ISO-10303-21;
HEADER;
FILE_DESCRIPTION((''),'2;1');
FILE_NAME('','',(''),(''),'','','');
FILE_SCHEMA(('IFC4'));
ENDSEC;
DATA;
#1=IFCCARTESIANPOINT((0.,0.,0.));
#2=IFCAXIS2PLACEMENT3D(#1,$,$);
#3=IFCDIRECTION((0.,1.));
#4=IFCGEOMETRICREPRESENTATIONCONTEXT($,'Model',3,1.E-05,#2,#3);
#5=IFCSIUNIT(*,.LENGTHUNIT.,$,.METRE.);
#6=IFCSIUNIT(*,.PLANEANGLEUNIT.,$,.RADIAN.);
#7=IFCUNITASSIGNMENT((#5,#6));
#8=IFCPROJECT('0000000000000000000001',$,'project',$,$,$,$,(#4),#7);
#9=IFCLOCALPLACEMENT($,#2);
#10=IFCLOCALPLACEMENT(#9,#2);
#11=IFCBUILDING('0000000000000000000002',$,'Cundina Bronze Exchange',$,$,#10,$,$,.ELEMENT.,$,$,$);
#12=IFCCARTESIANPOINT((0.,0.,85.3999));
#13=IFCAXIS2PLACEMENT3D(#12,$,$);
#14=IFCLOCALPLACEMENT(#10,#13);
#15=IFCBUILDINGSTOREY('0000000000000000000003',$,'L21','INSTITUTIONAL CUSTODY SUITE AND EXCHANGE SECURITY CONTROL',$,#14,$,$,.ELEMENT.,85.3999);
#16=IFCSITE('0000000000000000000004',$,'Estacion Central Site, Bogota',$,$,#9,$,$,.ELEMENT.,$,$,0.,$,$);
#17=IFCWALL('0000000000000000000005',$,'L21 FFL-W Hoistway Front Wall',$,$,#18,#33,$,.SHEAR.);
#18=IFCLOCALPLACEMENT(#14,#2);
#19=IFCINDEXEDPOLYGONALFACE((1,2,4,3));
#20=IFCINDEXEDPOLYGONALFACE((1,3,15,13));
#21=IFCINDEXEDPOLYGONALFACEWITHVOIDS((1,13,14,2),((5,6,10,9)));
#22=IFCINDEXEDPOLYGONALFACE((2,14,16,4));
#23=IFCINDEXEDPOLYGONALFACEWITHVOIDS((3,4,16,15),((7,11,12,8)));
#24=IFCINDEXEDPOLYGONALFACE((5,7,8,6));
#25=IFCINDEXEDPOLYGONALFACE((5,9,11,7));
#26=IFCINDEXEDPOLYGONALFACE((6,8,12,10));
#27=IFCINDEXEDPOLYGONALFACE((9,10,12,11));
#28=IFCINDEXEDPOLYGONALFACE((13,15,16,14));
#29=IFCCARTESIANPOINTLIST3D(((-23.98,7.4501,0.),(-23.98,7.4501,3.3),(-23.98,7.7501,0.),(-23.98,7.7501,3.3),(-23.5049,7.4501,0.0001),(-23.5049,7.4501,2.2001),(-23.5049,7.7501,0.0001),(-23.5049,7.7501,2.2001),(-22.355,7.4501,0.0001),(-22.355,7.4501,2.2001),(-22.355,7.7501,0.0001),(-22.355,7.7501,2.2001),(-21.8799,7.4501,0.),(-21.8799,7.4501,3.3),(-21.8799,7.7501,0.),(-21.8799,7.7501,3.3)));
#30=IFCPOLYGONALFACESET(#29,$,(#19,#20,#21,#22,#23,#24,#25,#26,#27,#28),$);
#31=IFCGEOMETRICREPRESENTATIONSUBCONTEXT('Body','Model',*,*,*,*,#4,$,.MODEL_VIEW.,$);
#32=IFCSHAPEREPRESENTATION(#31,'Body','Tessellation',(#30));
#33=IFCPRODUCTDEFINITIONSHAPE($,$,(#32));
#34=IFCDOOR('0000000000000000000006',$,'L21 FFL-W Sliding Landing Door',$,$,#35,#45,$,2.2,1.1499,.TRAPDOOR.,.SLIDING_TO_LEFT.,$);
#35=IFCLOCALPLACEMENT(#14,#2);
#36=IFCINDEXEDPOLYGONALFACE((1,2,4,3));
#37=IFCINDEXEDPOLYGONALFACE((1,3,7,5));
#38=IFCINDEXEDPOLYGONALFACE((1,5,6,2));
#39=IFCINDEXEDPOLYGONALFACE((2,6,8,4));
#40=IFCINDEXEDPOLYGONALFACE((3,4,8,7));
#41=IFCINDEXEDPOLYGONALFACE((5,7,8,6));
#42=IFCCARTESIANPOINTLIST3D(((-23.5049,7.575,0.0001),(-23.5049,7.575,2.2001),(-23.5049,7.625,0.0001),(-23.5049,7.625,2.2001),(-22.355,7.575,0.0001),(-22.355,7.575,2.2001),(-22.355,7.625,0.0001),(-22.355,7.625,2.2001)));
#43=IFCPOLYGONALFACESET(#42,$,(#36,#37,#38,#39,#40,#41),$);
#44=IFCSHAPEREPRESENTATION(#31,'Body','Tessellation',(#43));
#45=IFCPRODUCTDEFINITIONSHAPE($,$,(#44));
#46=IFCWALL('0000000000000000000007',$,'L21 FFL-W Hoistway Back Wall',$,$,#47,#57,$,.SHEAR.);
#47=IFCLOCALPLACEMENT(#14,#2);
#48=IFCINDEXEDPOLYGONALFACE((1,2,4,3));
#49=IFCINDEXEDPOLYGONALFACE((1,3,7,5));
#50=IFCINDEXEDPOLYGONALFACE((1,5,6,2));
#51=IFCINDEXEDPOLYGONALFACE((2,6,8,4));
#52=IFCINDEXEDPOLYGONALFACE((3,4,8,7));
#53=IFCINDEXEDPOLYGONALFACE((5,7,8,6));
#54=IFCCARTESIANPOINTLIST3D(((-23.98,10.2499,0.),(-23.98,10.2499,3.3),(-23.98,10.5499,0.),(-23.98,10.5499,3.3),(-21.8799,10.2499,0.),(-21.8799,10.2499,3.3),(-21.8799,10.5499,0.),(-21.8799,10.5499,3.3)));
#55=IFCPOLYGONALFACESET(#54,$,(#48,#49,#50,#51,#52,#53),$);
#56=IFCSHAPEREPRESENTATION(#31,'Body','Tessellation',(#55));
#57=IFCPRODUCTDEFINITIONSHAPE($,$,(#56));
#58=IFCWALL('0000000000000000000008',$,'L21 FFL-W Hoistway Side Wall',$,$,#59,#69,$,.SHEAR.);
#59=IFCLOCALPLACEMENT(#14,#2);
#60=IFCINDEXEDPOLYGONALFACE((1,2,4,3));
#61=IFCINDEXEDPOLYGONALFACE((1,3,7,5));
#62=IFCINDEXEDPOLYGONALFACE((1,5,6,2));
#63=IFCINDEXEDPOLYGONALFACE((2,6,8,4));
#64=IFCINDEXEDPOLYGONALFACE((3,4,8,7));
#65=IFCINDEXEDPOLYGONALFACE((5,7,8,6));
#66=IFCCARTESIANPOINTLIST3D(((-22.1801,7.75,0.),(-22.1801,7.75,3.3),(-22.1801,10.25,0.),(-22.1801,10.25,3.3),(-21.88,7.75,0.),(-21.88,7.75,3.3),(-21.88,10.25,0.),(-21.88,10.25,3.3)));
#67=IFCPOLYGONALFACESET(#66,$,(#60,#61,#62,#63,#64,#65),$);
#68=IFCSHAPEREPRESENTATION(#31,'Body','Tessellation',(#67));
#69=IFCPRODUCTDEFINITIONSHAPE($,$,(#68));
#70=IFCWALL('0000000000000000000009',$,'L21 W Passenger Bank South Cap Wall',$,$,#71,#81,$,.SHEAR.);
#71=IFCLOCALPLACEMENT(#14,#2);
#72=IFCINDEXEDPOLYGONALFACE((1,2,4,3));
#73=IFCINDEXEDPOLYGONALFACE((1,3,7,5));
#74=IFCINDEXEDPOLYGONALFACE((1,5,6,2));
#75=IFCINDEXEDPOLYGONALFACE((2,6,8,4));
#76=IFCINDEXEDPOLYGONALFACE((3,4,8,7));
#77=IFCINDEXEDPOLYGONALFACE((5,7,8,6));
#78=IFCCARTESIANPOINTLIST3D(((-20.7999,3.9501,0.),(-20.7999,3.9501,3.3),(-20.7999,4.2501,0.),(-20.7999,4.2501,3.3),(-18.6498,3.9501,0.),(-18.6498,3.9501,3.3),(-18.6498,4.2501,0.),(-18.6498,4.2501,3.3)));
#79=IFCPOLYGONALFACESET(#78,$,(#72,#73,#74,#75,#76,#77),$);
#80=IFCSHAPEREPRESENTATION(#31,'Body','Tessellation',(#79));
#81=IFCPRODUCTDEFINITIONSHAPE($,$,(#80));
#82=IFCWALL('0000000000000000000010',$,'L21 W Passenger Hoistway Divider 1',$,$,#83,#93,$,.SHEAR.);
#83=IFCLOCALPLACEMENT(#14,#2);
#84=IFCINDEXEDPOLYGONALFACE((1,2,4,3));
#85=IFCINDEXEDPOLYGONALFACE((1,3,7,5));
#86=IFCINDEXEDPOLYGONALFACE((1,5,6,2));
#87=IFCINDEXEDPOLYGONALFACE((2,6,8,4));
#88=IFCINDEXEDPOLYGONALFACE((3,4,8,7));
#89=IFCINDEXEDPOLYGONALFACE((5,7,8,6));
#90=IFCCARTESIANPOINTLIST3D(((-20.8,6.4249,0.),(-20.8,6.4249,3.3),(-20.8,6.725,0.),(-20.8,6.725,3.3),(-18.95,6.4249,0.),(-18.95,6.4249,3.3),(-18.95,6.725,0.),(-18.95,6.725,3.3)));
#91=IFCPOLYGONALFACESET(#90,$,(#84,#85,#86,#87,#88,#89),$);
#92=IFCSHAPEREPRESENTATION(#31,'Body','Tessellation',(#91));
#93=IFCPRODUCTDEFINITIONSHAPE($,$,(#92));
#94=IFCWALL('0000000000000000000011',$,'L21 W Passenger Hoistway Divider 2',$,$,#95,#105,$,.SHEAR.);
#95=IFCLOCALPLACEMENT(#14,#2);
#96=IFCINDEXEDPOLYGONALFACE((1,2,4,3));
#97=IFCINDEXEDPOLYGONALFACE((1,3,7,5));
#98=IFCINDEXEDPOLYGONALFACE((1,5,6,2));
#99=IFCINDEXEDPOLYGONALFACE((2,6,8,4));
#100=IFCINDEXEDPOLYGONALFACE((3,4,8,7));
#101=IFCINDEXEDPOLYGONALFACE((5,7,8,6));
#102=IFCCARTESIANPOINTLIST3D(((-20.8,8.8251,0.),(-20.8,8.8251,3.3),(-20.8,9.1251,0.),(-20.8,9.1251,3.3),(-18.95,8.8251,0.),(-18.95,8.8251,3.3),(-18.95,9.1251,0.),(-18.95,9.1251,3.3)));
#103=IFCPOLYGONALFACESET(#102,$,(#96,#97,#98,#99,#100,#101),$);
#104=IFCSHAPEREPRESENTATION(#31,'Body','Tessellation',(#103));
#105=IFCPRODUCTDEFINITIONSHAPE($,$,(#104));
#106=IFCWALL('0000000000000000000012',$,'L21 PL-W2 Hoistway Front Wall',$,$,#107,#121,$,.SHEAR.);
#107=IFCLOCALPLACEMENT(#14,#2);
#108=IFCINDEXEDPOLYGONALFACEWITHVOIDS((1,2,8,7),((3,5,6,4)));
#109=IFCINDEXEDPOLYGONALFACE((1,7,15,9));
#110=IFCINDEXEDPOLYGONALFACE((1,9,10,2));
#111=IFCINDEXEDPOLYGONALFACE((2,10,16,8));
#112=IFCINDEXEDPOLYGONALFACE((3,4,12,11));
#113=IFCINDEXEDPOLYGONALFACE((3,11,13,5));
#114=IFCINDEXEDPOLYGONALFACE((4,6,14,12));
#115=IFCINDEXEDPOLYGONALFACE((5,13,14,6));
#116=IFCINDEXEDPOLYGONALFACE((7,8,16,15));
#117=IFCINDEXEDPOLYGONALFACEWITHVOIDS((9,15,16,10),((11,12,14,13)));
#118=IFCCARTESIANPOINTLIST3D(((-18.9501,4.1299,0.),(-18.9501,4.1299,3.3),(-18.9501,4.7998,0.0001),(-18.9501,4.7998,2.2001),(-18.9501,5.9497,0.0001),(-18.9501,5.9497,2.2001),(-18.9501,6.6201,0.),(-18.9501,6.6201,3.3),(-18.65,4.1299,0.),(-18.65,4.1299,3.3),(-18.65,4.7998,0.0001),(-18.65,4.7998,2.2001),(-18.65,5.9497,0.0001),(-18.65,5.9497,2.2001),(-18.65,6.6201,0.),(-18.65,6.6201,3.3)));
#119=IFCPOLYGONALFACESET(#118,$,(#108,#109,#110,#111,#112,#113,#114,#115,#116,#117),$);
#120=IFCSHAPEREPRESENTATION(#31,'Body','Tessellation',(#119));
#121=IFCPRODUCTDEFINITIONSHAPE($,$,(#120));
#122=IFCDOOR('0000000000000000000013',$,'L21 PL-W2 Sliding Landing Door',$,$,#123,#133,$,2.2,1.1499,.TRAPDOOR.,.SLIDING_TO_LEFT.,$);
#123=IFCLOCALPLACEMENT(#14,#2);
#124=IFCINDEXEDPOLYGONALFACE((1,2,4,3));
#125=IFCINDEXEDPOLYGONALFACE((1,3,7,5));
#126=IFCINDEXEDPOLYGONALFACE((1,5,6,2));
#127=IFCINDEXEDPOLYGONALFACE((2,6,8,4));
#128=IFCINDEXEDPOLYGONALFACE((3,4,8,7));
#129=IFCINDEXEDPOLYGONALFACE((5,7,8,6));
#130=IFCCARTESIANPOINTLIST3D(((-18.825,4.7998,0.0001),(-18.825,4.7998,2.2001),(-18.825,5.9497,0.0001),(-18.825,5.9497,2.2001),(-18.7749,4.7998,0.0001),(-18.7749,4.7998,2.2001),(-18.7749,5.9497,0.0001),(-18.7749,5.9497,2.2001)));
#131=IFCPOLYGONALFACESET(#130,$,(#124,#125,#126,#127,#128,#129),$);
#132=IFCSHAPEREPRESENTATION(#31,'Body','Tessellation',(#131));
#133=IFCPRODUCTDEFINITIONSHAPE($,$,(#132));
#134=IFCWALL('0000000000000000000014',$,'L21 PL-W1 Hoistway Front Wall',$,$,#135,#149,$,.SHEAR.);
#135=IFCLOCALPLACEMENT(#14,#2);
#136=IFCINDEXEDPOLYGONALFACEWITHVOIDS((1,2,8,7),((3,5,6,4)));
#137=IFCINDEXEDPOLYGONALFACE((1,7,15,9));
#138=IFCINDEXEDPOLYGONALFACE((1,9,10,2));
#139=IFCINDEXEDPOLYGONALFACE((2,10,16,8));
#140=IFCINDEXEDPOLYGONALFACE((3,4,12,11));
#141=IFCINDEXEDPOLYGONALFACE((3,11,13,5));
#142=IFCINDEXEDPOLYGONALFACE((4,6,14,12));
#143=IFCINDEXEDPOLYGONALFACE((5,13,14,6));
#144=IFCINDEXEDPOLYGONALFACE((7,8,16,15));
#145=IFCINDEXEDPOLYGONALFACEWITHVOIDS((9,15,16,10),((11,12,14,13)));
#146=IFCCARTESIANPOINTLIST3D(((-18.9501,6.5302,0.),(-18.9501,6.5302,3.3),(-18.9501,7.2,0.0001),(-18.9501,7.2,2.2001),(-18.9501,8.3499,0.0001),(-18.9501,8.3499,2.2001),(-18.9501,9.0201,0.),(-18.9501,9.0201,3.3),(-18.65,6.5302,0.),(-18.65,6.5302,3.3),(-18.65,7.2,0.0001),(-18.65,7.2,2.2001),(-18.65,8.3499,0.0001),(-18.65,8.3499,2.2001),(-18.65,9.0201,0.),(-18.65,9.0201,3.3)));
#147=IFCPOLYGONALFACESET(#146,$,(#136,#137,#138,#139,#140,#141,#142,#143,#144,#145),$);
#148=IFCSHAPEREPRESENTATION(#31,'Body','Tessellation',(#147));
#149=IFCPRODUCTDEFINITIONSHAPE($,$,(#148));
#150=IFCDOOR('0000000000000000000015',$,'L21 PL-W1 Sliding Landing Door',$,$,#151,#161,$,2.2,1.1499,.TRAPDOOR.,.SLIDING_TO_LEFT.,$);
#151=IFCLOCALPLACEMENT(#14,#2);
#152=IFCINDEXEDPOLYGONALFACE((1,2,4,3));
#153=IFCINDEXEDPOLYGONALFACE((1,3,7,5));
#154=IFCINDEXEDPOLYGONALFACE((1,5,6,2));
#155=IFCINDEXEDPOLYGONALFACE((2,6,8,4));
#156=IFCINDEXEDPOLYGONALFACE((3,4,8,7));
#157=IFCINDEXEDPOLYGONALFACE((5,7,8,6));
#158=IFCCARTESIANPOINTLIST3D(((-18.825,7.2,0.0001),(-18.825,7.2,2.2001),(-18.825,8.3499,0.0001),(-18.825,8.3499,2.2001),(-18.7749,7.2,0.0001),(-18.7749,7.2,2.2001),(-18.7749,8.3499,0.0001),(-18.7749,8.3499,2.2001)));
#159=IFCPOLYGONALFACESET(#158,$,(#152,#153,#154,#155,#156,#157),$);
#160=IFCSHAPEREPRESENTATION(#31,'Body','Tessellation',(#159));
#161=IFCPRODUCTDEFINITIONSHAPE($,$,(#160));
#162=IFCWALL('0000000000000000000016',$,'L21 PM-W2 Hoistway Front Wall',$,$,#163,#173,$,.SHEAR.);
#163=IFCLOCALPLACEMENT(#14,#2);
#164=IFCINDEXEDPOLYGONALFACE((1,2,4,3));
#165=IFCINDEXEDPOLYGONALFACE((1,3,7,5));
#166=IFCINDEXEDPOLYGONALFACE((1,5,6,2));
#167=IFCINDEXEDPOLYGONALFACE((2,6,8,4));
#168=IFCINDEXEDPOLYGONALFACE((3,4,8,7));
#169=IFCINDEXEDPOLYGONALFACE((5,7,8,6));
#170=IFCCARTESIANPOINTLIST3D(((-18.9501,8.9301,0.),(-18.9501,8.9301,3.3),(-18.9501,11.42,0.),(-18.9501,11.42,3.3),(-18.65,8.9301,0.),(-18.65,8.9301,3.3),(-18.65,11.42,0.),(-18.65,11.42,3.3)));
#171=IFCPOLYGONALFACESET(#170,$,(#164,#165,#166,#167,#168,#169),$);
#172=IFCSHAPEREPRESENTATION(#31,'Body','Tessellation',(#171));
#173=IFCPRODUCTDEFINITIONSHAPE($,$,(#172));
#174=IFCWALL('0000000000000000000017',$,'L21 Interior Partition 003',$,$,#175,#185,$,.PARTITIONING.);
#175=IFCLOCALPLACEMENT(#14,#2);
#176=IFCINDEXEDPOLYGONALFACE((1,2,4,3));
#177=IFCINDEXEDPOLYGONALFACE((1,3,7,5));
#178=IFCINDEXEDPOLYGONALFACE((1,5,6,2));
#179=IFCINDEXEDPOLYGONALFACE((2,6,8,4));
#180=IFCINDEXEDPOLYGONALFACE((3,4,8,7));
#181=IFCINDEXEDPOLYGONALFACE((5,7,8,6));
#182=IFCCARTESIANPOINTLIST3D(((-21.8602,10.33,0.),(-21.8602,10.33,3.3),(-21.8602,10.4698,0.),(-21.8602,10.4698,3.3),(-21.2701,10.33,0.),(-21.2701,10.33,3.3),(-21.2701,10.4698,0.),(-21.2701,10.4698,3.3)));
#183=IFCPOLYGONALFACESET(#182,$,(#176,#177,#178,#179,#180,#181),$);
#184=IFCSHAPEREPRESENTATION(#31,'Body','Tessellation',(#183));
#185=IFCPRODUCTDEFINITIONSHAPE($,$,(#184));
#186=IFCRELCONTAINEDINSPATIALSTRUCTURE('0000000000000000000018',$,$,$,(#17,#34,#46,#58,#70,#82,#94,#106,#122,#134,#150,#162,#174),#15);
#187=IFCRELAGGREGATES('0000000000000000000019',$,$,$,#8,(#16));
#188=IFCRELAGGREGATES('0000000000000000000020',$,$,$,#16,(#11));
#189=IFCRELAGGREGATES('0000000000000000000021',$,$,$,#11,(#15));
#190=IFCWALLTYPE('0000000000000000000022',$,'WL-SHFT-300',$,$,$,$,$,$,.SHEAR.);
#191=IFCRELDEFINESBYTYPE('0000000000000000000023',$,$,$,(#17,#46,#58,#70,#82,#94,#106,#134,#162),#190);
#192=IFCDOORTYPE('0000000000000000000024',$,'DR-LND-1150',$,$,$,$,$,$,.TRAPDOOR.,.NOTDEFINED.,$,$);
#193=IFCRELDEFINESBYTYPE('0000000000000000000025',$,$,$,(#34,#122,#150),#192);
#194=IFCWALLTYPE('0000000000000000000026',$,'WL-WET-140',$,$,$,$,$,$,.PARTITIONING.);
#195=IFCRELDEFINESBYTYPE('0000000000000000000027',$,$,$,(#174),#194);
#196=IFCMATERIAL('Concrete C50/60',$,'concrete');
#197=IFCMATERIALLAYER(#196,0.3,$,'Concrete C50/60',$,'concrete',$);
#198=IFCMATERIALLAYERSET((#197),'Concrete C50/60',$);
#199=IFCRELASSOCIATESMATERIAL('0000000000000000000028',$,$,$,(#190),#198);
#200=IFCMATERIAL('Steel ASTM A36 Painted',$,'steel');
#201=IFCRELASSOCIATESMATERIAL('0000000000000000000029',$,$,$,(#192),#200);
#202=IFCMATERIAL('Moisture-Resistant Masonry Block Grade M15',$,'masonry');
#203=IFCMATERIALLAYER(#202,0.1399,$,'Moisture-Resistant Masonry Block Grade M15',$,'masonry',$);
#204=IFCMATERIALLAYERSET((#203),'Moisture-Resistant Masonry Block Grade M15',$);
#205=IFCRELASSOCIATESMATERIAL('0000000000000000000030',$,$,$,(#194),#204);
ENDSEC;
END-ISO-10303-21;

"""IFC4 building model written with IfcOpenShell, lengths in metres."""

from ifc_helpers import new_model, si_unit, direction, frame, frame_2d, origin, place, context, subcontext, project, spatial, rectangle, extrude, material, layer, layer_set, type_object, element, fill, save


model = new_model("IFC4")

# Units and contexts
model_context = context("Model", 3, precision=1e-05, world=origin(), true_north=direction((0.0, 1.0)))
body_context = subcontext(model_context, "Body", "Model", "MODEL_VIEW")
ifc_project = project(units=[si_unit("LENGTHUNIT", "METRE"), si_unit("PLANEANGLEUNIT", "RADIAN")], contexts=[model_context])

# Site, building, storey
site_placement = place(None, origin())
site = spatial("IfcSite", under=ifc_project, at=site_placement, Name="Estacion Central Site, Bogota", CompositionType="ELEMENT", RefElevation=0.0)
building_placement = place(site_placement, origin())
building = spatial("IfcBuilding", under=site, at=building_placement, Name="Cundina Bronze Exchange", CompositionType="ELEMENT")
storey_placement = place(building_placement, frame((0.0, 0.0, 85.3999)))
storey = spatial("IfcBuildingStorey", under=building, at=storey_placement, Name="L21", Description="INSTITUTIONAL CUSTODY SUITE AND EXCHANGE SECURITY CONTROL", CompositionType="ELEMENT", Elevation=85.3999)

# Shared definitions
ifc_material_1 = material(Name="Concrete C50/60", Category="concrete")
ifc_layer_1 = layer(ifc_material_1, 0.3, Name="Concrete C50/60", Category="concrete")
ifc_layer_set_1 = layer_set([ifc_layer_1], Name="Concrete C50/60")
wall_type_1 = type_object("IfcWallType", Name="WL-SHFT-300", PredefinedType="SHEAR", material=ifc_layer_set_1)

# Wall, opening, door
wall_1_placement = place(storey_placement, frame((-23.98, 7.6001, 0.0), z_axis=(0.0, 0.0, 1.0), x_axis=(1.0, 0.0, 0.0)))
wall_1 = element("IfcWall", 1, at=wall_1_placement, inside=storey, type_object=wall_type_1, Name="L21 FFL-W Hoistway Front Wall", PredefinedType="SHEAR", context=body_context, shape_type="SweptSolid", body=[
    extrude(rectangle(XDim=2.1001, YDim=0.3, at=frame_2d((1.05, 0.0))), origin(), (0.0, 0.0, 1.0), 3.3),
])
opening_1_placement = place(wall_1_placement, frame((0.4751, 0.0, 0.0)))
opening_1 = element("IfcOpeningElement", 2, at=opening_1_placement, cuts=wall_1, PredefinedType="OPENING", context=body_context, shape_type="SweptSolid", body=[
    extrude(rectangle(XDim=1.1499, YDim=2.2, at=frame_2d((0.575, 1.1001))), frame((0.0, 0.1599, 0.0), z_axis=(0.0, -1.0, 0.0), x_axis=(1.0, 0.0, 0.0)), (0.0, 0.0, 1.0), 0.3201),
])
ifc_material_2 = material(Name="Steel ASTM A36 Painted", Category="steel")
door_type = type_object("IfcDoorType", Name="DR-LND-1150", OperationType="NOTDEFINED", PredefinedType="TRAPDOOR", material=ifc_material_2)
door_1_placement = place(opening_1_placement, origin())
door_1 = element("IfcDoor", 3, at=door_1_placement, inside=storey, type_object=door_type, Name="L21 FFL-W Sliding Landing Door", OperationType="SLIDING_TO_LEFT", OverallHeight=2.2, OverallWidth=1.1499, PredefinedType="TRAPDOOR", context=body_context, shape_type="SweptSolid", body=[
    extrude(rectangle(XDim=1.1499, YDim=2.2, at=frame_2d((0.575, 1.1001))), frame((0.0, 0.0249, 0.0), z_axis=(0.0, -1.0, 0.0), x_axis=(1.0, 0.0, 0.0)), (0.0, 0.0, 1.0), 0.05),
])
fill(opening_1, door_1)

# Walls
wall_2_placement = place(storey_placement, frame((-23.98, 10.3999, 0.0), z_axis=(0.0, 0.0, 1.0), x_axis=(1.0, 0.0, 0.0)))
element("IfcWall", 4, at=wall_2_placement, inside=storey, type_object=wall_type_1, Name="L21 FFL-W Hoistway Back Wall", PredefinedType="SHEAR", context=body_context, shape_type="SweptSolid", body=[
    extrude(rectangle(XDim=2.1001, YDim=0.3, at=frame_2d((1.05, 0.0))), origin(), (0.0, 0.0, 1.0), 3.3),
])
wall_3_placement = place(storey_placement, frame((-22.03, 7.75, 0.0), z_axis=(0.0, 0.0, 1.0), x_axis=(0.0, 1.0, 0.0)))
element("IfcWall", 5, at=wall_3_placement, inside=storey, type_object=wall_type_1, Name="L21 FFL-W Hoistway Side Wall", PredefinedType="SHEAR", context=body_context, shape_type="SweptSolid", body=[
    extrude(rectangle(XDim=2.5, YDim=0.3, at=frame_2d((1.25, 0.0))), origin(), (0.0, 0.0, 1.0), 3.3),
])
wall_4_placement = place(storey_placement, frame((-20.8, 4.1001, 0.0), z_axis=(0.0, 0.0, 1.0), x_axis=(1.0, 0.0, 0.0)))
element("IfcWall", 6, at=wall_4_placement, inside=storey, type_object=wall_type_1, Name="L21 W Passenger Bank South Cap Wall", PredefinedType="SHEAR", context=body_context, shape_type="SweptSolid", body=[
    extrude(rectangle(XDim=2.1501, YDim=0.3, at=frame_2d((1.0752, 0.0))), origin(), (0.0, 0.0, 1.0), 3.3),
])
for number, where, z_axis, x_axis, name in (
    (7, (-20.8, 6.575, 0.0), (0.0, 0.0, 1.0), (1.0, 0.0, 0.0), "L21 W Passenger Hoistway Divider 1"),
    (8, (-20.8, 8.9751, 0.0), (0.0, 0.0, 1.0), (1.0, 0.0, 0.0), "L21 W Passenger Hoistway Divider 2"),
):
    element("IfcWall", number, at=place(storey_placement, frame(where, z_axis=z_axis, x_axis=x_axis)), inside=storey, type_object=wall_type_1, Name=name, PredefinedType="SHEAR", context=body_context, shape_type="SweptSolid", body=[
        extrude(rectangle(XDim=1.8501, YDim=0.3, at=frame_2d((0.925, 0.0))), origin(), (0.0, 0.0, 1.0), 3.3),
    ])

# Walls, openings, doors
wall_5_placement = place(storey_placement, frame((-18.8, 4.1299, 0.0), z_axis=(0.0, 0.0, 1.0), x_axis=(0.0, 1.0, 0.0)))
wall_5 = element("IfcWall", 9, at=wall_5_placement, inside=storey, type_object=wall_type_1, Name="L21 PL-W2 Hoistway Front Wall", PredefinedType="SHEAR", context=body_context, shape_type="SweptSolid", body=[
    extrude(rectangle(XDim=2.4902, YDim=0.3, at=frame_2d((1.2451, 0.0))), origin(), (0.0, 0.0, 1.0), 3.3),
])
opening_2_placement = place(wall_5_placement, frame((0.6699, 0.0, 0.0)))
opening_2 = element("IfcOpeningElement", 10, at=opening_2_placement, cuts=wall_5, PredefinedType="OPENING", context=body_context, shape_type="SweptSolid", body=[
    extrude(rectangle(XDim=1.1499, YDim=2.2, at=frame_2d((0.575, 1.1001))), frame((0.0, 0.1599, 0.0), z_axis=(0.0, -1.0, 0.0), x_axis=(1.0, 0.0, 0.0)), (0.0, 0.0, 1.0), 0.3201),
])
door_2_placement = place(opening_2_placement, origin())
door_2 = element("IfcDoor", 11, at=door_2_placement, inside=storey, type_object=door_type, Name="L21 PL-W2 Sliding Landing Door", OperationType="SLIDING_TO_LEFT", OverallHeight=2.2, OverallWidth=1.1499, PredefinedType="TRAPDOOR", context=body_context, shape_type="SweptSolid", body=[
    extrude(rectangle(XDim=1.1499, YDim=2.2, at=frame_2d((0.575, 1.1001))), frame((0.0, 0.0249, 0.0), z_axis=(0.0, -1.0, 0.0), x_axis=(1.0, 0.0, 0.0)), (0.0, 0.0, 1.0), 0.05),
])
fill(opening_2, door_2)
wall_6_placement = place(storey_placement, frame((-18.8, 6.53, 0.0), z_axis=(0.0, 0.0, 1.0), x_axis=(0.0, 1.0, 0.0)))
wall_6 = element("IfcWall", 12, at=wall_6_placement, inside=storey, type_object=wall_type_1, Name="L21 PL-W1 Hoistway Front Wall", PredefinedType="SHEAR", context=body_context, shape_type="SweptSolid", body=[
    extrude(rectangle(XDim=2.49, YDim=0.3, at=frame_2d((1.2451, 0.0))), origin(), (0.0, 0.0, 1.0), 3.3),
])
opening_3_placement = place(wall_6_placement, frame((0.6699, 0.0, 0.0)))
opening_3 = element("IfcOpeningElement", 13, at=opening_3_placement, cuts=wall_6, PredefinedType="OPENING", context=body_context, shape_type="SweptSolid", body=[
    extrude(rectangle(XDim=1.1499, YDim=2.2, at=frame_2d((0.575, 1.1001))), frame((0.0, 0.1599, 0.0), z_axis=(0.0, -1.0, 0.0), x_axis=(1.0, 0.0, 0.0)), (0.0, 0.0, 1.0), 0.3201),
])
door_3_placement = place(opening_3_placement, origin())
door_3 = element("IfcDoor", 14, at=door_3_placement, inside=storey, type_object=door_type, Name="L21 PL-W1 Sliding Landing Door", OperationType="SLIDING_TO_LEFT", OverallHeight=2.2, OverallWidth=1.1499, PredefinedType="TRAPDOOR", context=body_context, shape_type="SweptSolid", body=[
    extrude(rectangle(XDim=1.1499, YDim=2.2, at=frame_2d((0.575, 1.1001))), frame((0.0, 0.0249, 0.0), z_axis=(0.0, -1.0, 0.0), x_axis=(1.0, 0.0, 0.0)), (0.0, 0.0, 1.0), 0.05),
])
fill(opening_3, door_3)

# Walls
wall_7_placement = place(storey_placement, frame((-18.8, 8.9299, 0.0), z_axis=(0.0, 0.0, 1.0), x_axis=(0.0, 1.0, 0.0)))
element("IfcWall", 15, at=wall_7_placement, inside=storey, type_object=wall_type_1, Name="L21 PM-W2 Hoistway Front Wall", PredefinedType="SHEAR", context=body_context, shape_type="SweptSolid", body=[
    extrude(rectangle(XDim=2.49, YDim=0.3, at=frame_2d((1.2451, 0.0))), origin(), (0.0, 0.0, 1.0), 3.3),
])
ifc_material_3 = material(Name="Moisture-Resistant Masonry Block Grade M15", Category="masonry")
ifc_layer_2 = layer(ifc_material_3, 0.1399, Name="Moisture-Resistant Masonry Block Grade M15", Category="masonry")
ifc_layer_set_2 = layer_set([ifc_layer_2], Name="Moisture-Resistant Masonry Block Grade M15")
wall_type_2 = type_object("IfcWallType", Name="WL-WET-140", PredefinedType="PARTITIONING", material=ifc_layer_set_2)
wall_8_placement = place(storey_placement, frame((-21.8601, 10.3999, 0.0), z_axis=(0.0, 0.0, 1.0), x_axis=(1.0, 0.0, 0.0)))
element("IfcWall", 16, at=wall_8_placement, inside=storey, type_object=wall_type_2, Name="L21 Interior Partition 003", PredefinedType="PARTITIONING", context=body_context, shape_type="SweptSolid", body=[
    extrude(rectangle(XDim=0.5901, YDim=0.1399, at=frame_2d((0.2949, 0.0))), origin(), (0.0, 0.0, 1.0), 3.3),
])

save(model, "model.ifc")
